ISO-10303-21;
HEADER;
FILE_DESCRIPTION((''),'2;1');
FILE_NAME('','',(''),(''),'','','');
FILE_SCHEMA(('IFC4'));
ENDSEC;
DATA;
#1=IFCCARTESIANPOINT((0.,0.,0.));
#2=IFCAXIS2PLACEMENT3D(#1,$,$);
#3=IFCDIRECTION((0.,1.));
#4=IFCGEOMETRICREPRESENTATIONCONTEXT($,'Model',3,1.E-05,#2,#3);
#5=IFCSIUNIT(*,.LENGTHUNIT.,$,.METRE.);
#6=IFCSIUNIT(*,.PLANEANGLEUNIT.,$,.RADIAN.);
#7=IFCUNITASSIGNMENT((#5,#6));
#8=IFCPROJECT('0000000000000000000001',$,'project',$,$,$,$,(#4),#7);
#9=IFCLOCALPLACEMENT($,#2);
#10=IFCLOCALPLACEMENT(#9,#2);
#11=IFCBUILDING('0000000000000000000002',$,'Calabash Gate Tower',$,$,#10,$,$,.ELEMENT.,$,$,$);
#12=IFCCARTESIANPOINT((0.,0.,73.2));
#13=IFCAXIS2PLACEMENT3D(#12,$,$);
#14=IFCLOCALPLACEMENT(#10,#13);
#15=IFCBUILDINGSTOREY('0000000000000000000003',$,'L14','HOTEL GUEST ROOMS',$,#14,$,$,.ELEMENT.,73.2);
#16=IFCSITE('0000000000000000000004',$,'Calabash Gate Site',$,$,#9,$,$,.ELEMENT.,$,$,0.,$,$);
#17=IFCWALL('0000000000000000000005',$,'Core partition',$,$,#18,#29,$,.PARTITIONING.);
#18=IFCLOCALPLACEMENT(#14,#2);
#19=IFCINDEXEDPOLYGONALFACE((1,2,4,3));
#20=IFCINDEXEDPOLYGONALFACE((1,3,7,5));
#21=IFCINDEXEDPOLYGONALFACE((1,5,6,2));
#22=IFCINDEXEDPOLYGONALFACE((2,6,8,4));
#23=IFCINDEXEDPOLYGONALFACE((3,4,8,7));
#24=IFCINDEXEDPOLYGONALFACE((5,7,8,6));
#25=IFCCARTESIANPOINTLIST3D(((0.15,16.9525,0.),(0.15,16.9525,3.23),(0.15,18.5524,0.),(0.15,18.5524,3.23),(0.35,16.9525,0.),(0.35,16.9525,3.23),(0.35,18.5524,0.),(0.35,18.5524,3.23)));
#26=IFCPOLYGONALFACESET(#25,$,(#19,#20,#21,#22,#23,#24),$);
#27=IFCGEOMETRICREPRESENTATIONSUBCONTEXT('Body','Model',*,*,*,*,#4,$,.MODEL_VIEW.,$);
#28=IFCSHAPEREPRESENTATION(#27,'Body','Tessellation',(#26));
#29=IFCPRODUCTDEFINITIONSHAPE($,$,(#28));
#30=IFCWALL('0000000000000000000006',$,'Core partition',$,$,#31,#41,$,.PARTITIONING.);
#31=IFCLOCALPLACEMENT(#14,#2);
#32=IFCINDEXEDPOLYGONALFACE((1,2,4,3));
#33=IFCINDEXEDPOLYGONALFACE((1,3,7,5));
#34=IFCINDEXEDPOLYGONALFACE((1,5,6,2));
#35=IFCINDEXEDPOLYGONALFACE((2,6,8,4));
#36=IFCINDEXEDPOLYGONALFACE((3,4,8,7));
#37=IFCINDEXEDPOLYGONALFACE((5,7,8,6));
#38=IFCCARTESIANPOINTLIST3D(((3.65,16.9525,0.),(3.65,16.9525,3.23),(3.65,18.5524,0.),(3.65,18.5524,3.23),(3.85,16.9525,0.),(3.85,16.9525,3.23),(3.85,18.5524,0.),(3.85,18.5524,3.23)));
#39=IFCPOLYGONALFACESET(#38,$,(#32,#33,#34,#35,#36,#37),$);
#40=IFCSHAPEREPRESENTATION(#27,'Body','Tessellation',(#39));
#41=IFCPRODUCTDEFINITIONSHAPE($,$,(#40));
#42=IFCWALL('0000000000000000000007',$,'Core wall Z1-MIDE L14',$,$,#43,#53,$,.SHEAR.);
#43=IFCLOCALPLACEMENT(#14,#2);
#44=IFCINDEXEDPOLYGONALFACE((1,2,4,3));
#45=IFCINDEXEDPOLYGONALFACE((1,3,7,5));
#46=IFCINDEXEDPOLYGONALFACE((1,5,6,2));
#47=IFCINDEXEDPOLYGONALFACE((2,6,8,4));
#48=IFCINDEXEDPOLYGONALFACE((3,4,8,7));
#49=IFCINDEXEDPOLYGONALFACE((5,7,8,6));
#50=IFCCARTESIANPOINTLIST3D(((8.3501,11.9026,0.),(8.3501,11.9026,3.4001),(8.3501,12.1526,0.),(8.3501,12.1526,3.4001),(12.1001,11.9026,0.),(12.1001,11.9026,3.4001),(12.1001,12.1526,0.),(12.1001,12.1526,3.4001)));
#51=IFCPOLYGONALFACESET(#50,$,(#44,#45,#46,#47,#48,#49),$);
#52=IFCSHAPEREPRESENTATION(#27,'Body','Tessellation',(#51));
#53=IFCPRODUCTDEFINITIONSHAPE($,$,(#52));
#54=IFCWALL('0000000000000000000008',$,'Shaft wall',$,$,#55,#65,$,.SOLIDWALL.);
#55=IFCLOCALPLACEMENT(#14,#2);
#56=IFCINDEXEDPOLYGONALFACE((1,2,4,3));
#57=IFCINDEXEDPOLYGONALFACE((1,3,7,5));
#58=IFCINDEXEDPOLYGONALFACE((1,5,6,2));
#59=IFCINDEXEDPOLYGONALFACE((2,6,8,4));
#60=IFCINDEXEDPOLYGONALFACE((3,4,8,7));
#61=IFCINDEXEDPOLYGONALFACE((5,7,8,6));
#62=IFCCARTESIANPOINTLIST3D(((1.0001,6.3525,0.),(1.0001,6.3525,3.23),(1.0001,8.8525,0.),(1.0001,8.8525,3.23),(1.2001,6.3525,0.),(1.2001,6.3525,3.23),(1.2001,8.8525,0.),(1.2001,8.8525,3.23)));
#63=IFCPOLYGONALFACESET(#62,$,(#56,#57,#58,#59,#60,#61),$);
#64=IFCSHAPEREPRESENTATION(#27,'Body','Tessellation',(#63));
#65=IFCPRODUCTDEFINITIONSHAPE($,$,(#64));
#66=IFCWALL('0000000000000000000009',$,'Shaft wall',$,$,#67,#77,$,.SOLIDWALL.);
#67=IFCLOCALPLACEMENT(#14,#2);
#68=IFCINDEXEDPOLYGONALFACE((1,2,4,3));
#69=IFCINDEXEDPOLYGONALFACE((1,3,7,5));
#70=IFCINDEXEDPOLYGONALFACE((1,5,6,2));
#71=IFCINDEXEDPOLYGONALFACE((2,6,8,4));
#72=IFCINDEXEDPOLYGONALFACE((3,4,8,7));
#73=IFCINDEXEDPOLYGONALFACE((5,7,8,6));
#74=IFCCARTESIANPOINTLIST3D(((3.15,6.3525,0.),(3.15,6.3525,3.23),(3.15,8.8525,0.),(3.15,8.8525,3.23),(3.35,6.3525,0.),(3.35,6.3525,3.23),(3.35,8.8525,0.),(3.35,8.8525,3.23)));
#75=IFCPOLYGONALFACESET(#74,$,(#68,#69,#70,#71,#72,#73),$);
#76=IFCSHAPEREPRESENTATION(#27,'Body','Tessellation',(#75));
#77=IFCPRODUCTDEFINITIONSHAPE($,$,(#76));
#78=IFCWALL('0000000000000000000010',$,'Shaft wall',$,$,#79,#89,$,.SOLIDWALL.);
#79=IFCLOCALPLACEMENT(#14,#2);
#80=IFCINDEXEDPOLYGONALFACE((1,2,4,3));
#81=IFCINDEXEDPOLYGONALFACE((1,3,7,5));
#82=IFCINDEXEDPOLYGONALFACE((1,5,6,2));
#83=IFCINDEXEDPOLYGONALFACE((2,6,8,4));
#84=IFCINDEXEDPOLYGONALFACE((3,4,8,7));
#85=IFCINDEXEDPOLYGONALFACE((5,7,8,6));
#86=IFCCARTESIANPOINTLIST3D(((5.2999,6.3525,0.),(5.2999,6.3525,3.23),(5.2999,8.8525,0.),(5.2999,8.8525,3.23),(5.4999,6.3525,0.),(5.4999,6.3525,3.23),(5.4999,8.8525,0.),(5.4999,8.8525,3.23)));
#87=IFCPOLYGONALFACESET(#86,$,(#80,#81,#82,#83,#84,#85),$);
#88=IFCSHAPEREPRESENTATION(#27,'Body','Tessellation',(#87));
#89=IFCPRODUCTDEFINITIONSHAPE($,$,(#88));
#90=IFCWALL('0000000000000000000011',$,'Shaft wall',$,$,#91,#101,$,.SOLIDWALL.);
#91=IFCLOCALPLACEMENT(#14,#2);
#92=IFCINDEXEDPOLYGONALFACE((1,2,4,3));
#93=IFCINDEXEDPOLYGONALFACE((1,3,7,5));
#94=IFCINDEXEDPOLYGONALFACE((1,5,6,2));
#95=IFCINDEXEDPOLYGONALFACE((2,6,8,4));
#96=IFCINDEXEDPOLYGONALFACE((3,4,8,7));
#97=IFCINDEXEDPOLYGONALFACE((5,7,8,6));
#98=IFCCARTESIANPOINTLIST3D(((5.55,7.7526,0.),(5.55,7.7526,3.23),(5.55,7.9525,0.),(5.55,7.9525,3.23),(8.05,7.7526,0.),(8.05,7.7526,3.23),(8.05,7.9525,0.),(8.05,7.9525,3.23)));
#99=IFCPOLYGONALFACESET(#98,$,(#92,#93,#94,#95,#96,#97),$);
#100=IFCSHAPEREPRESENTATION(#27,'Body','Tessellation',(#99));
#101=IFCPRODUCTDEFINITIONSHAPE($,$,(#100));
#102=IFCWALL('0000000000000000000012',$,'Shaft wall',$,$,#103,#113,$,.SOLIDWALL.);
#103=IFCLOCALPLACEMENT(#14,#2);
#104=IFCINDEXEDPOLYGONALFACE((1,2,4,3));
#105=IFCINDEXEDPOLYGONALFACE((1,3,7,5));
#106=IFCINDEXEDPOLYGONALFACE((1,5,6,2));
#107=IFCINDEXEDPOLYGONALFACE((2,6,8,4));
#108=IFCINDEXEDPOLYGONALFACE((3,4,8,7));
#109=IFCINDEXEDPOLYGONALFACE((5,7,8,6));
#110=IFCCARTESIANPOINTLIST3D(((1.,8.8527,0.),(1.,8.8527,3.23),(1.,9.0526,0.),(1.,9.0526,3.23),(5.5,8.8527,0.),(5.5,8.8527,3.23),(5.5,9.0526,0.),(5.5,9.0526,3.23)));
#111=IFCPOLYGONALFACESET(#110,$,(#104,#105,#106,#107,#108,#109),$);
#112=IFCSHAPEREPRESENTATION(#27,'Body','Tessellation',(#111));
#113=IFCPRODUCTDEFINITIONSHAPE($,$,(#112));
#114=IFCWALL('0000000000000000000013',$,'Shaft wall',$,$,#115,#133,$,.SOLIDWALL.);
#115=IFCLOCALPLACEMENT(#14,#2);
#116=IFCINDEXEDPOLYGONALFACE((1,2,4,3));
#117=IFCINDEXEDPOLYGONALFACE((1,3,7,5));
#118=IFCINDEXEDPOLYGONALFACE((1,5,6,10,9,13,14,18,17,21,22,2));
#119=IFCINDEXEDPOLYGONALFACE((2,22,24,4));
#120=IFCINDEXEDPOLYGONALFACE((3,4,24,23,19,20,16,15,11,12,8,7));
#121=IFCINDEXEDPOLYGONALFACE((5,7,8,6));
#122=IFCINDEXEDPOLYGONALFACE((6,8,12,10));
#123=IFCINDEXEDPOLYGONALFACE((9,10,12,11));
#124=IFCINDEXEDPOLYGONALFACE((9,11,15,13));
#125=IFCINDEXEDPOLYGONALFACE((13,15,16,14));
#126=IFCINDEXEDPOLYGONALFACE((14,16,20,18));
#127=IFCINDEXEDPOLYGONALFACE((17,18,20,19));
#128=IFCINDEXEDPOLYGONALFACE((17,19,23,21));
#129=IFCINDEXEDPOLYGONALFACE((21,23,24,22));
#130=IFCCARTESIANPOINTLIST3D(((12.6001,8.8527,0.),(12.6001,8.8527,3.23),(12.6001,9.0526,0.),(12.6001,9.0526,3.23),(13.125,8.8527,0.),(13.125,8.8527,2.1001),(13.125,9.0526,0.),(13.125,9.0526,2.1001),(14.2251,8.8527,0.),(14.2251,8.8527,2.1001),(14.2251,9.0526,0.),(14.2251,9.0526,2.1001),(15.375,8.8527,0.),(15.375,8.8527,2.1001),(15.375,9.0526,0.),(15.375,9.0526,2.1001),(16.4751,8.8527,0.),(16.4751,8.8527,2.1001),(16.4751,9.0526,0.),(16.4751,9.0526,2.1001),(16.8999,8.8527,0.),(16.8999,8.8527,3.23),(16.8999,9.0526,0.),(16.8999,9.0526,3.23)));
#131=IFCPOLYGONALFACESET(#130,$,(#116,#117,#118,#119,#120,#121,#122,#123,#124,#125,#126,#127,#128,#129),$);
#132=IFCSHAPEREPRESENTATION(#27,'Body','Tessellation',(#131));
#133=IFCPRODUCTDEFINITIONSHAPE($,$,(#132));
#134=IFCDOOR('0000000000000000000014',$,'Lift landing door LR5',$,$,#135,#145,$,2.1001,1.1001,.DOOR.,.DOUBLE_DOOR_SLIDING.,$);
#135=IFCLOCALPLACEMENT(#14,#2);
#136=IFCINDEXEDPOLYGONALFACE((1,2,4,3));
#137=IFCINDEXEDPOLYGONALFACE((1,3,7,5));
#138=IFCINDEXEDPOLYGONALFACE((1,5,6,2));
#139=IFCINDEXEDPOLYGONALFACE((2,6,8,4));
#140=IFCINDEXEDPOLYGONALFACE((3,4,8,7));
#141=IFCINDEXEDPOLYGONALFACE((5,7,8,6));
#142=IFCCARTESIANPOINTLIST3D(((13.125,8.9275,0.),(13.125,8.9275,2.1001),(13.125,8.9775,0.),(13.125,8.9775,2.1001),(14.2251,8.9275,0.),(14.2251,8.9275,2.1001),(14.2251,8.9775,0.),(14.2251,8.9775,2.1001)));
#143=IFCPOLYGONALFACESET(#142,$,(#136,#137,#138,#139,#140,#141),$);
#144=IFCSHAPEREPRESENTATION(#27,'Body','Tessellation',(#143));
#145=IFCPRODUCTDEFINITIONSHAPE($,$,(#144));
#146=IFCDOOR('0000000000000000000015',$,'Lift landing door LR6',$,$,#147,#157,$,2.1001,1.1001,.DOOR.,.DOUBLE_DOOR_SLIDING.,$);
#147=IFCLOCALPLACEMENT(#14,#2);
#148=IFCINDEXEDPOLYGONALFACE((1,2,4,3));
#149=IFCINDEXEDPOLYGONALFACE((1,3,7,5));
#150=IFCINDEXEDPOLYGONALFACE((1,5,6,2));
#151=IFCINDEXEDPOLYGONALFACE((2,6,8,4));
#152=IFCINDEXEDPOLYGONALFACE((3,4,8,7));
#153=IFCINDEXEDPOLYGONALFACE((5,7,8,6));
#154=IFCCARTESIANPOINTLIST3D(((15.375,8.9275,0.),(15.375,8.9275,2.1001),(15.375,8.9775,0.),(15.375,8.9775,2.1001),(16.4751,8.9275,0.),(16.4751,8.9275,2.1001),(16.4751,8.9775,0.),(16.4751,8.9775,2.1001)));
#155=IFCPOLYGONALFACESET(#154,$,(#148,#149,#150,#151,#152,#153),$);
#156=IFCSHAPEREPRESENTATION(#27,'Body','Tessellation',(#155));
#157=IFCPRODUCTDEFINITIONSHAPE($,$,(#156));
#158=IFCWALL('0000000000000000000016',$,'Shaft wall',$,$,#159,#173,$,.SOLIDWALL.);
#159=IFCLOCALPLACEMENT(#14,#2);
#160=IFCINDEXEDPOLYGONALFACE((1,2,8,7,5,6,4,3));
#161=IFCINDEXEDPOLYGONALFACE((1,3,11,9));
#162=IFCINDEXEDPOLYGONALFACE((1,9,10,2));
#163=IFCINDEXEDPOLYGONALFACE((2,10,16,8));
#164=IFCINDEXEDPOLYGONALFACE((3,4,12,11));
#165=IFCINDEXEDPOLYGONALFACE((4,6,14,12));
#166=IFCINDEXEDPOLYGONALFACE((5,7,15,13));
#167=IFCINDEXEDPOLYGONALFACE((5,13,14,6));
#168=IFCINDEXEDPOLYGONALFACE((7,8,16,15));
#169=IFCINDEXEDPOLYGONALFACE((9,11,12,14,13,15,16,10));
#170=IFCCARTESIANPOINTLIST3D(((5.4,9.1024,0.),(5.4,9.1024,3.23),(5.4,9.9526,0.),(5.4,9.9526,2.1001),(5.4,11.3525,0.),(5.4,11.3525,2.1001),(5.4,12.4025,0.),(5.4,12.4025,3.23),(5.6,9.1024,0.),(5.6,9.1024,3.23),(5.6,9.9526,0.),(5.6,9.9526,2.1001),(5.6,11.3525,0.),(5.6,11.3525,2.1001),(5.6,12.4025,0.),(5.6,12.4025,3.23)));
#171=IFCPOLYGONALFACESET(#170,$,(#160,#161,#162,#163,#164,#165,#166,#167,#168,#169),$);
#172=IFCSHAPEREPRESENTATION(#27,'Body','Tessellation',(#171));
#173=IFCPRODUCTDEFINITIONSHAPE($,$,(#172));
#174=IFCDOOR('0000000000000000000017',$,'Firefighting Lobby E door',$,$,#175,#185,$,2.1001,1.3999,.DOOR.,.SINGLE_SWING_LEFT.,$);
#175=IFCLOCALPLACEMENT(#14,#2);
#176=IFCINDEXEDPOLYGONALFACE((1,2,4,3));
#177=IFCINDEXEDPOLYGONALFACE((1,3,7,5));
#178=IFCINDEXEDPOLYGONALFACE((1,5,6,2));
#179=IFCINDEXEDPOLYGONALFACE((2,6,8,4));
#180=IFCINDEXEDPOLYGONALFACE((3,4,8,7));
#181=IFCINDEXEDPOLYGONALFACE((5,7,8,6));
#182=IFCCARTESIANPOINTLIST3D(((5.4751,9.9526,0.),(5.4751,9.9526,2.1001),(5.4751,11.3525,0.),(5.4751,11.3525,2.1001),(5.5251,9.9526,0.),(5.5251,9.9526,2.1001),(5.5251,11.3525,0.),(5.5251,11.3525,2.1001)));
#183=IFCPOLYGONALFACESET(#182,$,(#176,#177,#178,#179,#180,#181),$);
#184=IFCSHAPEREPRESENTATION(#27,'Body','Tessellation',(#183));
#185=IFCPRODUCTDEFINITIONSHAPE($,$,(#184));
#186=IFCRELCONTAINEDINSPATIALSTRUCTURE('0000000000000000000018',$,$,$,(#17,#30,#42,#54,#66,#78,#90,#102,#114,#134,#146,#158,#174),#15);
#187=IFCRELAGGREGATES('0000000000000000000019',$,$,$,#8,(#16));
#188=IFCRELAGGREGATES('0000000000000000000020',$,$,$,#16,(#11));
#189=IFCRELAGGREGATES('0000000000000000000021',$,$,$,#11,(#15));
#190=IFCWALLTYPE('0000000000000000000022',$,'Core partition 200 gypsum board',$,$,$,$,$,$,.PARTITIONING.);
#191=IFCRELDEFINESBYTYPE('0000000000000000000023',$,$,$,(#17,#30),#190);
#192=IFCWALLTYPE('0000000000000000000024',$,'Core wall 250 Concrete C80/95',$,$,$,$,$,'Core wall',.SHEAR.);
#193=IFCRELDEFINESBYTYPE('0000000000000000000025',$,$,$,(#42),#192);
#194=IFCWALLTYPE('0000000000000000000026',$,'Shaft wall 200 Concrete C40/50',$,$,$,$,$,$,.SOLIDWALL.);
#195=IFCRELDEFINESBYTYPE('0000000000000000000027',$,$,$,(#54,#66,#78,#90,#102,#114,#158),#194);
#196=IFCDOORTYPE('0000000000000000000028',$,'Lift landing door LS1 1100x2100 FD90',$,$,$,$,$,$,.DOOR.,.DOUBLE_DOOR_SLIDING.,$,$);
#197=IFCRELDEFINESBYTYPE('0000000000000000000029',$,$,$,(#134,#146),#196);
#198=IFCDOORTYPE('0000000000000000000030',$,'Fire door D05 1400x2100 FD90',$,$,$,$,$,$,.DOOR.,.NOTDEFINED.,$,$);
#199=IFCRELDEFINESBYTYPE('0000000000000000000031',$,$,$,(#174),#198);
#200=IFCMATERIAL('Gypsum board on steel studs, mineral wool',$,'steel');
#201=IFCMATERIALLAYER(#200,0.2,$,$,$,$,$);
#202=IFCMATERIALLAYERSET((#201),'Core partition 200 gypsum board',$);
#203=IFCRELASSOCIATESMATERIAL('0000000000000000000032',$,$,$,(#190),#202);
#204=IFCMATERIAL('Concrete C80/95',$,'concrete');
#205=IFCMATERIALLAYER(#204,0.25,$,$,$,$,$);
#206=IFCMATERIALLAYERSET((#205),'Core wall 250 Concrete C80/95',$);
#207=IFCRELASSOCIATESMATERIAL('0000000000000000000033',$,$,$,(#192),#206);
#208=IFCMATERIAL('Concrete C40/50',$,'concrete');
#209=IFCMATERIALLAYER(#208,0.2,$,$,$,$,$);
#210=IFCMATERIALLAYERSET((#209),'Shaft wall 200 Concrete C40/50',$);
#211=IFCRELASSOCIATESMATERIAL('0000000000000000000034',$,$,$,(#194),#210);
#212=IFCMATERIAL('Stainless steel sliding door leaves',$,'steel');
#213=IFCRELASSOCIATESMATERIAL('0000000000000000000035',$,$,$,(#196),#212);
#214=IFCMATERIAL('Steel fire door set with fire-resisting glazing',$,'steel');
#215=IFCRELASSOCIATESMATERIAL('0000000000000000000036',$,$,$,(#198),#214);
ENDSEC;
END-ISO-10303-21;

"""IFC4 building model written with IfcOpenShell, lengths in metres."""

from ifc_helpers import new_model, si_unit, direction, frame, frame_2d, origin, place, context, subcontext, project, spatial, rectangle, extrude, material, layer, layer_set, type_object, element, fill, save


model = new_model("IFC4")

# Units and contexts
model_context = context("Model", 3, precision=1e-05, world=origin(), true_north=direction((0.0, 1.0)))
body_context = subcontext(model_context, "Body", "Model", "MODEL_VIEW")
ifc_project = project(units=[si_unit("LENGTHUNIT", "METRE"), si_unit("PLANEANGLEUNIT", "RADIAN")], contexts=[model_context])

# Site, building, storey
site_placement = place(None, origin())
site = spatial("IfcSite", under=ifc_project, at=site_placement, Name="Calabash Gate Site", CompositionType="ELEMENT", RefElevation=0.0)
building_placement = place(site_placement, origin())
building = spatial("IfcBuilding", under=site, at=building_placement, Name="Calabash Gate Tower", CompositionType="ELEMENT")
storey_placement = place(building_placement, frame((0.0, 0.0, 73.2)))
storey = spatial("IfcBuildingStorey", under=building, at=storey_placement, Name="L14", Description="HOTEL GUEST ROOMS", CompositionType="ELEMENT", Elevation=73.2)

# Walls
ifc_material_1 = material(Name="Gypsum board on steel studs, mineral wool", Category="steel")
ifc_layer_1 = layer(ifc_material_1, 0.2)
ifc_layer_set_1 = layer_set([ifc_layer_1], Name="Core partition 200 gypsum board")
wall_type_1 = type_object("IfcWallType", Name="Core partition 200 gypsum board", PredefinedType="PARTITIONING", material=ifc_layer_set_1)
for number, where, z_axis, x_axis, name in (
    (1, (0.25, 16.9526, 0.0), (0.0, 0.0, 1.0), (0.0, 1.0, 0.0), "Core partition"),
    (2, (3.75, 16.9526, 0.0), (0.0, 0.0, 1.0), (0.0, 1.0, 0.0), "Core partition"),
):
    element("IfcWall", number, at=place(storey_placement, frame(where, z_axis=z_axis, x_axis=x_axis)), inside=storey, type_object=wall_type_1, Name=name, PredefinedType="PARTITIONING", context=body_context, shape_type="SweptSolid", body=[
        extrude(rectangle(XDim=1.5999, YDim=0.2, at=frame_2d((0.7998, 0.0))), origin(), (0.0, 0.0, 1.0), 3.23),
    ])
ifc_material_2 = material(Name="Concrete C80/95", Category="concrete")
ifc_layer_2 = layer(ifc_material_2, 0.25)
ifc_layer_set_2 = layer_set([ifc_layer_2], Name="Core wall 250 Concrete C80/95")
wall_type_2 = type_object("IfcWallType", Name="Core wall 250 Concrete C80/95", ElementType="Core wall", PredefinedType="SHEAR", material=ifc_layer_set_2)
wall_1_placement = place(storey_placement, frame((8.3501, 12.0276, 0.0), z_axis=(0.0, 0.0, 1.0), x_axis=(1.0, 0.0, 0.0)))
element("IfcWall", 3, at=wall_1_placement, inside=storey, type_object=wall_type_2, Name="Core wall Z1-MIDE L14", PredefinedType="SHEAR", context=body_context, shape_type="SweptSolid", body=[
    extrude(rectangle(XDim=3.75, YDim=0.25, at=frame_2d((1.875, 0.0))), origin(), (0.0, 0.0, 1.0), 3.4001),
])
ifc_material_3 = material(Name="Concrete C40/50", Category="concrete")
ifc_layer_3 = layer(ifc_material_3, 0.2)
ifc_layer_set_3 = layer_set([ifc_layer_3], Name="Shaft wall 200 Concrete C40/50")
wall_type_3 = type_object("IfcWallType", Name="Shaft wall 200 Concrete C40/50", PredefinedType="SOLIDWALL", material=ifc_layer_set_3)
for number, where, z_axis, x_axis, name in (
    (4, (1.1001, 6.3525, 0.0), (0.0, 0.0, 1.0), (0.0, 1.0, 0.0), "Shaft wall"),
    (5, (3.25, 6.3525, 0.0), (0.0, 0.0, 1.0), (0.0, 1.0, 0.0), "Shaft wall"),
    (6, (5.3999, 6.3525, 0.0), (0.0, 0.0, 1.0), (0.0, 1.0, 0.0), "Shaft wall"),
    (7, (5.55, 7.8525, 0.0), (0.0, 0.0, 1.0), (1.0, 0.0, 0.0), "Shaft wall"),
):
    element("IfcWall", number, at=place(storey_placement, frame(where, z_axis=z_axis, x_axis=x_axis)), inside=storey, type_object=wall_type_3, Name=name, PredefinedType="SOLIDWALL", context=body_context, shape_type="SweptSolid", body=[
        extrude(rectangle(XDim=2.5, YDim=0.2, at=frame_2d((1.25, 0.0))), origin(), (0.0, 0.0, 1.0), 3.23),
    ])
wall_2_placement = place(storey_placement, frame((1.0, 8.9526, 0.0), z_axis=(0.0, 0.0, 1.0), x_axis=(1.0, 0.0, 0.0)))
element("IfcWall", 8, at=wall_2_placement, inside=storey, type_object=wall_type_3, Name="Shaft wall", PredefinedType="SOLIDWALL", context=body_context, shape_type="SweptSolid", body=[
    extrude(rectangle(XDim=4.5, YDim=0.2, at=frame_2d((2.25, 0.0))), origin(), (0.0, 0.0, 1.0), 3.23),
])

# Wall, openings, doors
wall_3_placement = place(storey_placement, frame((12.6001, 8.9526, 0.0), z_axis=(0.0, 0.0, 1.0), x_axis=(1.0, 0.0, 0.0)))
wall_3 = element("IfcWall", 9, at=wall_3_placement, inside=storey, type_object=wall_type_3, Name="Shaft wall", PredefinedType="SOLIDWALL", context=body_context, shape_type="SweptSolid", body=[
    extrude(rectangle(XDim=4.2998, YDim=0.2, at=frame_2d((2.1499, 0.0))), origin(), (0.0, 0.0, 1.0), 3.23),
])
opening_1_placement = place(wall_3_placement, frame((0.5249, 0.0, 0.0)))
opening_1 = element("IfcOpeningElement", 10, at=opening_1_placement, cuts=wall_3, PredefinedType="OPENING", context=body_context, shape_type="SweptSolid", body=[
    extrude(rectangle(XDim=1.1001, YDim=2.1001, at=frame_2d((0.55, 1.05))), frame((0.0, 0.1099, 0.0), z_axis=(0.0, -1.0, 0.0), x_axis=(1.0, 0.0, 0.0)), (0.0, 0.0, 1.0), 0.22),
])
opening_2_placement = place(wall_3_placement, frame((2.7749, 0.0, 0.0)))
opening_2 = element("IfcOpeningElement", 11, at=opening_2_placement, cuts=wall_3, PredefinedType="OPENING", context=body_context, shape_type="SweptSolid", body=[
    extrude(rectangle(XDim=1.1001, YDim=2.1001, at=frame_2d((0.55, 1.05))), frame((0.0, 0.1099, 0.0), z_axis=(0.0, -1.0, 0.0), x_axis=(1.0, 0.0, 0.0)), (0.0, 0.0, 1.0), 0.22),
])
ifc_material_4 = material(Name="Stainless steel sliding door leaves", Category="steel")
door_type_1 = type_object("IfcDoorType", Name="Lift landing door LS1 1100x2100 FD90", OperationType="DOUBLE_DOOR_SLIDING", PredefinedType="DOOR", material=ifc_material_4)
door_1_placement = place(opening_1_placement, origin())
door_1 = element("IfcDoor", 12, at=door_1_placement, inside=storey, type_object=door_type_1, Name="Lift landing door LR5", OperationType="DOUBLE_DOOR_SLIDING", OverallHeight=2.1001, OverallWidth=1.1001, PredefinedType="DOOR", context=body_context, shape_type="SweptSolid", body=[
    extrude(rectangle(XDim=1.1001, YDim=2.1001, at=frame_2d((0.55, 1.05))), frame((0.0, 0.0249, 0.0), z_axis=(0.0, -1.0, 0.0), x_axis=(1.0, 0.0, 0.0)), (0.0, 0.0, 1.0), 0.05),
])
fill(opening_1, door_1)
door_2_placement = place(opening_2_placement, origin())
door_2 = element("IfcDoor", 13, at=door_2_placement, inside=storey, type_object=door_type_1, Name="Lift landing door LR6", OperationType="DOUBLE_DOOR_SLIDING", OverallHeight=2.1001, OverallWidth=1.1001, PredefinedType="DOOR", context=body_context, shape_type="SweptSolid", body=[
    extrude(rectangle(XDim=1.1001, YDim=2.1001, at=frame_2d((0.55, 1.05))), frame((0.0, 0.0249, 0.0), z_axis=(0.0, -1.0, 0.0), x_axis=(1.0, 0.0, 0.0)), (0.0, 0.0, 1.0), 0.05),
])
fill(opening_2, door_2)

# Wall, opening, door
wall_4_placement = place(storey_placement, frame((5.5, 9.1025, 0.0), z_axis=(0.0, 0.0, 1.0), x_axis=(0.0, 1.0, 0.0)))
wall_4 = element("IfcWall", 14, at=wall_4_placement, inside=storey, type_object=wall_type_3, Name="Shaft wall", PredefinedType="SOLIDWALL", context=body_context, shape_type="SweptSolid", body=[
    extrude(rectangle(XDim=3.3, YDim=0.2, at=frame_2d((1.6499, 0.0))), origin(), (0.0, 0.0, 1.0), 3.23),
])
opening_3_placement = place(wall_4_placement, frame((0.8501, 0.0, 0.0)))
opening_3 = element("IfcOpeningElement", 15, at=opening_3_placement, cuts=wall_4, PredefinedType="OPENING", context=body_context, shape_type="SweptSolid", body=[
    extrude(rectangle(XDim=1.3999, YDim=2.1001, at=frame_2d((0.7, 1.05))), frame((0.0, 0.1099, 0.0), z_axis=(0.0, -1.0, 0.0), x_axis=(1.0, 0.0, 0.0)), (0.0, 0.0, 1.0), 0.22),
])
ifc_material_5 = material(Name="Steel fire door set with fire-resisting glazing", Category="steel")
door_type_2 = type_object("IfcDoorType", Name="Fire door D05 1400x2100 FD90", OperationType="NOTDEFINED", PredefinedType="DOOR", material=ifc_material_5)
door_3_placement = place(opening_3_placement, origin())
door_3 = element("IfcDoor", 16, at=door_3_placement, inside=storey, type_object=door_type_2, Name="Firefighting Lobby E door", OperationType="SINGLE_SWING_LEFT", OverallHeight=2.1001, OverallWidth=1.3999, PredefinedType="DOOR", context=body_context, shape_type="SweptSolid", body=[
    extrude(rectangle(XDim=1.3999, YDim=2.1001, at=frame_2d((0.7, 1.05))), frame((0.0, 0.0249, 0.0), z_axis=(0.0, -1.0, 0.0), x_axis=(1.0, 0.0, 0.0)), (0.0, 0.0, 1.0), 0.05),
])
fill(opening_3, door_3)

save(model, "model.ifc")
